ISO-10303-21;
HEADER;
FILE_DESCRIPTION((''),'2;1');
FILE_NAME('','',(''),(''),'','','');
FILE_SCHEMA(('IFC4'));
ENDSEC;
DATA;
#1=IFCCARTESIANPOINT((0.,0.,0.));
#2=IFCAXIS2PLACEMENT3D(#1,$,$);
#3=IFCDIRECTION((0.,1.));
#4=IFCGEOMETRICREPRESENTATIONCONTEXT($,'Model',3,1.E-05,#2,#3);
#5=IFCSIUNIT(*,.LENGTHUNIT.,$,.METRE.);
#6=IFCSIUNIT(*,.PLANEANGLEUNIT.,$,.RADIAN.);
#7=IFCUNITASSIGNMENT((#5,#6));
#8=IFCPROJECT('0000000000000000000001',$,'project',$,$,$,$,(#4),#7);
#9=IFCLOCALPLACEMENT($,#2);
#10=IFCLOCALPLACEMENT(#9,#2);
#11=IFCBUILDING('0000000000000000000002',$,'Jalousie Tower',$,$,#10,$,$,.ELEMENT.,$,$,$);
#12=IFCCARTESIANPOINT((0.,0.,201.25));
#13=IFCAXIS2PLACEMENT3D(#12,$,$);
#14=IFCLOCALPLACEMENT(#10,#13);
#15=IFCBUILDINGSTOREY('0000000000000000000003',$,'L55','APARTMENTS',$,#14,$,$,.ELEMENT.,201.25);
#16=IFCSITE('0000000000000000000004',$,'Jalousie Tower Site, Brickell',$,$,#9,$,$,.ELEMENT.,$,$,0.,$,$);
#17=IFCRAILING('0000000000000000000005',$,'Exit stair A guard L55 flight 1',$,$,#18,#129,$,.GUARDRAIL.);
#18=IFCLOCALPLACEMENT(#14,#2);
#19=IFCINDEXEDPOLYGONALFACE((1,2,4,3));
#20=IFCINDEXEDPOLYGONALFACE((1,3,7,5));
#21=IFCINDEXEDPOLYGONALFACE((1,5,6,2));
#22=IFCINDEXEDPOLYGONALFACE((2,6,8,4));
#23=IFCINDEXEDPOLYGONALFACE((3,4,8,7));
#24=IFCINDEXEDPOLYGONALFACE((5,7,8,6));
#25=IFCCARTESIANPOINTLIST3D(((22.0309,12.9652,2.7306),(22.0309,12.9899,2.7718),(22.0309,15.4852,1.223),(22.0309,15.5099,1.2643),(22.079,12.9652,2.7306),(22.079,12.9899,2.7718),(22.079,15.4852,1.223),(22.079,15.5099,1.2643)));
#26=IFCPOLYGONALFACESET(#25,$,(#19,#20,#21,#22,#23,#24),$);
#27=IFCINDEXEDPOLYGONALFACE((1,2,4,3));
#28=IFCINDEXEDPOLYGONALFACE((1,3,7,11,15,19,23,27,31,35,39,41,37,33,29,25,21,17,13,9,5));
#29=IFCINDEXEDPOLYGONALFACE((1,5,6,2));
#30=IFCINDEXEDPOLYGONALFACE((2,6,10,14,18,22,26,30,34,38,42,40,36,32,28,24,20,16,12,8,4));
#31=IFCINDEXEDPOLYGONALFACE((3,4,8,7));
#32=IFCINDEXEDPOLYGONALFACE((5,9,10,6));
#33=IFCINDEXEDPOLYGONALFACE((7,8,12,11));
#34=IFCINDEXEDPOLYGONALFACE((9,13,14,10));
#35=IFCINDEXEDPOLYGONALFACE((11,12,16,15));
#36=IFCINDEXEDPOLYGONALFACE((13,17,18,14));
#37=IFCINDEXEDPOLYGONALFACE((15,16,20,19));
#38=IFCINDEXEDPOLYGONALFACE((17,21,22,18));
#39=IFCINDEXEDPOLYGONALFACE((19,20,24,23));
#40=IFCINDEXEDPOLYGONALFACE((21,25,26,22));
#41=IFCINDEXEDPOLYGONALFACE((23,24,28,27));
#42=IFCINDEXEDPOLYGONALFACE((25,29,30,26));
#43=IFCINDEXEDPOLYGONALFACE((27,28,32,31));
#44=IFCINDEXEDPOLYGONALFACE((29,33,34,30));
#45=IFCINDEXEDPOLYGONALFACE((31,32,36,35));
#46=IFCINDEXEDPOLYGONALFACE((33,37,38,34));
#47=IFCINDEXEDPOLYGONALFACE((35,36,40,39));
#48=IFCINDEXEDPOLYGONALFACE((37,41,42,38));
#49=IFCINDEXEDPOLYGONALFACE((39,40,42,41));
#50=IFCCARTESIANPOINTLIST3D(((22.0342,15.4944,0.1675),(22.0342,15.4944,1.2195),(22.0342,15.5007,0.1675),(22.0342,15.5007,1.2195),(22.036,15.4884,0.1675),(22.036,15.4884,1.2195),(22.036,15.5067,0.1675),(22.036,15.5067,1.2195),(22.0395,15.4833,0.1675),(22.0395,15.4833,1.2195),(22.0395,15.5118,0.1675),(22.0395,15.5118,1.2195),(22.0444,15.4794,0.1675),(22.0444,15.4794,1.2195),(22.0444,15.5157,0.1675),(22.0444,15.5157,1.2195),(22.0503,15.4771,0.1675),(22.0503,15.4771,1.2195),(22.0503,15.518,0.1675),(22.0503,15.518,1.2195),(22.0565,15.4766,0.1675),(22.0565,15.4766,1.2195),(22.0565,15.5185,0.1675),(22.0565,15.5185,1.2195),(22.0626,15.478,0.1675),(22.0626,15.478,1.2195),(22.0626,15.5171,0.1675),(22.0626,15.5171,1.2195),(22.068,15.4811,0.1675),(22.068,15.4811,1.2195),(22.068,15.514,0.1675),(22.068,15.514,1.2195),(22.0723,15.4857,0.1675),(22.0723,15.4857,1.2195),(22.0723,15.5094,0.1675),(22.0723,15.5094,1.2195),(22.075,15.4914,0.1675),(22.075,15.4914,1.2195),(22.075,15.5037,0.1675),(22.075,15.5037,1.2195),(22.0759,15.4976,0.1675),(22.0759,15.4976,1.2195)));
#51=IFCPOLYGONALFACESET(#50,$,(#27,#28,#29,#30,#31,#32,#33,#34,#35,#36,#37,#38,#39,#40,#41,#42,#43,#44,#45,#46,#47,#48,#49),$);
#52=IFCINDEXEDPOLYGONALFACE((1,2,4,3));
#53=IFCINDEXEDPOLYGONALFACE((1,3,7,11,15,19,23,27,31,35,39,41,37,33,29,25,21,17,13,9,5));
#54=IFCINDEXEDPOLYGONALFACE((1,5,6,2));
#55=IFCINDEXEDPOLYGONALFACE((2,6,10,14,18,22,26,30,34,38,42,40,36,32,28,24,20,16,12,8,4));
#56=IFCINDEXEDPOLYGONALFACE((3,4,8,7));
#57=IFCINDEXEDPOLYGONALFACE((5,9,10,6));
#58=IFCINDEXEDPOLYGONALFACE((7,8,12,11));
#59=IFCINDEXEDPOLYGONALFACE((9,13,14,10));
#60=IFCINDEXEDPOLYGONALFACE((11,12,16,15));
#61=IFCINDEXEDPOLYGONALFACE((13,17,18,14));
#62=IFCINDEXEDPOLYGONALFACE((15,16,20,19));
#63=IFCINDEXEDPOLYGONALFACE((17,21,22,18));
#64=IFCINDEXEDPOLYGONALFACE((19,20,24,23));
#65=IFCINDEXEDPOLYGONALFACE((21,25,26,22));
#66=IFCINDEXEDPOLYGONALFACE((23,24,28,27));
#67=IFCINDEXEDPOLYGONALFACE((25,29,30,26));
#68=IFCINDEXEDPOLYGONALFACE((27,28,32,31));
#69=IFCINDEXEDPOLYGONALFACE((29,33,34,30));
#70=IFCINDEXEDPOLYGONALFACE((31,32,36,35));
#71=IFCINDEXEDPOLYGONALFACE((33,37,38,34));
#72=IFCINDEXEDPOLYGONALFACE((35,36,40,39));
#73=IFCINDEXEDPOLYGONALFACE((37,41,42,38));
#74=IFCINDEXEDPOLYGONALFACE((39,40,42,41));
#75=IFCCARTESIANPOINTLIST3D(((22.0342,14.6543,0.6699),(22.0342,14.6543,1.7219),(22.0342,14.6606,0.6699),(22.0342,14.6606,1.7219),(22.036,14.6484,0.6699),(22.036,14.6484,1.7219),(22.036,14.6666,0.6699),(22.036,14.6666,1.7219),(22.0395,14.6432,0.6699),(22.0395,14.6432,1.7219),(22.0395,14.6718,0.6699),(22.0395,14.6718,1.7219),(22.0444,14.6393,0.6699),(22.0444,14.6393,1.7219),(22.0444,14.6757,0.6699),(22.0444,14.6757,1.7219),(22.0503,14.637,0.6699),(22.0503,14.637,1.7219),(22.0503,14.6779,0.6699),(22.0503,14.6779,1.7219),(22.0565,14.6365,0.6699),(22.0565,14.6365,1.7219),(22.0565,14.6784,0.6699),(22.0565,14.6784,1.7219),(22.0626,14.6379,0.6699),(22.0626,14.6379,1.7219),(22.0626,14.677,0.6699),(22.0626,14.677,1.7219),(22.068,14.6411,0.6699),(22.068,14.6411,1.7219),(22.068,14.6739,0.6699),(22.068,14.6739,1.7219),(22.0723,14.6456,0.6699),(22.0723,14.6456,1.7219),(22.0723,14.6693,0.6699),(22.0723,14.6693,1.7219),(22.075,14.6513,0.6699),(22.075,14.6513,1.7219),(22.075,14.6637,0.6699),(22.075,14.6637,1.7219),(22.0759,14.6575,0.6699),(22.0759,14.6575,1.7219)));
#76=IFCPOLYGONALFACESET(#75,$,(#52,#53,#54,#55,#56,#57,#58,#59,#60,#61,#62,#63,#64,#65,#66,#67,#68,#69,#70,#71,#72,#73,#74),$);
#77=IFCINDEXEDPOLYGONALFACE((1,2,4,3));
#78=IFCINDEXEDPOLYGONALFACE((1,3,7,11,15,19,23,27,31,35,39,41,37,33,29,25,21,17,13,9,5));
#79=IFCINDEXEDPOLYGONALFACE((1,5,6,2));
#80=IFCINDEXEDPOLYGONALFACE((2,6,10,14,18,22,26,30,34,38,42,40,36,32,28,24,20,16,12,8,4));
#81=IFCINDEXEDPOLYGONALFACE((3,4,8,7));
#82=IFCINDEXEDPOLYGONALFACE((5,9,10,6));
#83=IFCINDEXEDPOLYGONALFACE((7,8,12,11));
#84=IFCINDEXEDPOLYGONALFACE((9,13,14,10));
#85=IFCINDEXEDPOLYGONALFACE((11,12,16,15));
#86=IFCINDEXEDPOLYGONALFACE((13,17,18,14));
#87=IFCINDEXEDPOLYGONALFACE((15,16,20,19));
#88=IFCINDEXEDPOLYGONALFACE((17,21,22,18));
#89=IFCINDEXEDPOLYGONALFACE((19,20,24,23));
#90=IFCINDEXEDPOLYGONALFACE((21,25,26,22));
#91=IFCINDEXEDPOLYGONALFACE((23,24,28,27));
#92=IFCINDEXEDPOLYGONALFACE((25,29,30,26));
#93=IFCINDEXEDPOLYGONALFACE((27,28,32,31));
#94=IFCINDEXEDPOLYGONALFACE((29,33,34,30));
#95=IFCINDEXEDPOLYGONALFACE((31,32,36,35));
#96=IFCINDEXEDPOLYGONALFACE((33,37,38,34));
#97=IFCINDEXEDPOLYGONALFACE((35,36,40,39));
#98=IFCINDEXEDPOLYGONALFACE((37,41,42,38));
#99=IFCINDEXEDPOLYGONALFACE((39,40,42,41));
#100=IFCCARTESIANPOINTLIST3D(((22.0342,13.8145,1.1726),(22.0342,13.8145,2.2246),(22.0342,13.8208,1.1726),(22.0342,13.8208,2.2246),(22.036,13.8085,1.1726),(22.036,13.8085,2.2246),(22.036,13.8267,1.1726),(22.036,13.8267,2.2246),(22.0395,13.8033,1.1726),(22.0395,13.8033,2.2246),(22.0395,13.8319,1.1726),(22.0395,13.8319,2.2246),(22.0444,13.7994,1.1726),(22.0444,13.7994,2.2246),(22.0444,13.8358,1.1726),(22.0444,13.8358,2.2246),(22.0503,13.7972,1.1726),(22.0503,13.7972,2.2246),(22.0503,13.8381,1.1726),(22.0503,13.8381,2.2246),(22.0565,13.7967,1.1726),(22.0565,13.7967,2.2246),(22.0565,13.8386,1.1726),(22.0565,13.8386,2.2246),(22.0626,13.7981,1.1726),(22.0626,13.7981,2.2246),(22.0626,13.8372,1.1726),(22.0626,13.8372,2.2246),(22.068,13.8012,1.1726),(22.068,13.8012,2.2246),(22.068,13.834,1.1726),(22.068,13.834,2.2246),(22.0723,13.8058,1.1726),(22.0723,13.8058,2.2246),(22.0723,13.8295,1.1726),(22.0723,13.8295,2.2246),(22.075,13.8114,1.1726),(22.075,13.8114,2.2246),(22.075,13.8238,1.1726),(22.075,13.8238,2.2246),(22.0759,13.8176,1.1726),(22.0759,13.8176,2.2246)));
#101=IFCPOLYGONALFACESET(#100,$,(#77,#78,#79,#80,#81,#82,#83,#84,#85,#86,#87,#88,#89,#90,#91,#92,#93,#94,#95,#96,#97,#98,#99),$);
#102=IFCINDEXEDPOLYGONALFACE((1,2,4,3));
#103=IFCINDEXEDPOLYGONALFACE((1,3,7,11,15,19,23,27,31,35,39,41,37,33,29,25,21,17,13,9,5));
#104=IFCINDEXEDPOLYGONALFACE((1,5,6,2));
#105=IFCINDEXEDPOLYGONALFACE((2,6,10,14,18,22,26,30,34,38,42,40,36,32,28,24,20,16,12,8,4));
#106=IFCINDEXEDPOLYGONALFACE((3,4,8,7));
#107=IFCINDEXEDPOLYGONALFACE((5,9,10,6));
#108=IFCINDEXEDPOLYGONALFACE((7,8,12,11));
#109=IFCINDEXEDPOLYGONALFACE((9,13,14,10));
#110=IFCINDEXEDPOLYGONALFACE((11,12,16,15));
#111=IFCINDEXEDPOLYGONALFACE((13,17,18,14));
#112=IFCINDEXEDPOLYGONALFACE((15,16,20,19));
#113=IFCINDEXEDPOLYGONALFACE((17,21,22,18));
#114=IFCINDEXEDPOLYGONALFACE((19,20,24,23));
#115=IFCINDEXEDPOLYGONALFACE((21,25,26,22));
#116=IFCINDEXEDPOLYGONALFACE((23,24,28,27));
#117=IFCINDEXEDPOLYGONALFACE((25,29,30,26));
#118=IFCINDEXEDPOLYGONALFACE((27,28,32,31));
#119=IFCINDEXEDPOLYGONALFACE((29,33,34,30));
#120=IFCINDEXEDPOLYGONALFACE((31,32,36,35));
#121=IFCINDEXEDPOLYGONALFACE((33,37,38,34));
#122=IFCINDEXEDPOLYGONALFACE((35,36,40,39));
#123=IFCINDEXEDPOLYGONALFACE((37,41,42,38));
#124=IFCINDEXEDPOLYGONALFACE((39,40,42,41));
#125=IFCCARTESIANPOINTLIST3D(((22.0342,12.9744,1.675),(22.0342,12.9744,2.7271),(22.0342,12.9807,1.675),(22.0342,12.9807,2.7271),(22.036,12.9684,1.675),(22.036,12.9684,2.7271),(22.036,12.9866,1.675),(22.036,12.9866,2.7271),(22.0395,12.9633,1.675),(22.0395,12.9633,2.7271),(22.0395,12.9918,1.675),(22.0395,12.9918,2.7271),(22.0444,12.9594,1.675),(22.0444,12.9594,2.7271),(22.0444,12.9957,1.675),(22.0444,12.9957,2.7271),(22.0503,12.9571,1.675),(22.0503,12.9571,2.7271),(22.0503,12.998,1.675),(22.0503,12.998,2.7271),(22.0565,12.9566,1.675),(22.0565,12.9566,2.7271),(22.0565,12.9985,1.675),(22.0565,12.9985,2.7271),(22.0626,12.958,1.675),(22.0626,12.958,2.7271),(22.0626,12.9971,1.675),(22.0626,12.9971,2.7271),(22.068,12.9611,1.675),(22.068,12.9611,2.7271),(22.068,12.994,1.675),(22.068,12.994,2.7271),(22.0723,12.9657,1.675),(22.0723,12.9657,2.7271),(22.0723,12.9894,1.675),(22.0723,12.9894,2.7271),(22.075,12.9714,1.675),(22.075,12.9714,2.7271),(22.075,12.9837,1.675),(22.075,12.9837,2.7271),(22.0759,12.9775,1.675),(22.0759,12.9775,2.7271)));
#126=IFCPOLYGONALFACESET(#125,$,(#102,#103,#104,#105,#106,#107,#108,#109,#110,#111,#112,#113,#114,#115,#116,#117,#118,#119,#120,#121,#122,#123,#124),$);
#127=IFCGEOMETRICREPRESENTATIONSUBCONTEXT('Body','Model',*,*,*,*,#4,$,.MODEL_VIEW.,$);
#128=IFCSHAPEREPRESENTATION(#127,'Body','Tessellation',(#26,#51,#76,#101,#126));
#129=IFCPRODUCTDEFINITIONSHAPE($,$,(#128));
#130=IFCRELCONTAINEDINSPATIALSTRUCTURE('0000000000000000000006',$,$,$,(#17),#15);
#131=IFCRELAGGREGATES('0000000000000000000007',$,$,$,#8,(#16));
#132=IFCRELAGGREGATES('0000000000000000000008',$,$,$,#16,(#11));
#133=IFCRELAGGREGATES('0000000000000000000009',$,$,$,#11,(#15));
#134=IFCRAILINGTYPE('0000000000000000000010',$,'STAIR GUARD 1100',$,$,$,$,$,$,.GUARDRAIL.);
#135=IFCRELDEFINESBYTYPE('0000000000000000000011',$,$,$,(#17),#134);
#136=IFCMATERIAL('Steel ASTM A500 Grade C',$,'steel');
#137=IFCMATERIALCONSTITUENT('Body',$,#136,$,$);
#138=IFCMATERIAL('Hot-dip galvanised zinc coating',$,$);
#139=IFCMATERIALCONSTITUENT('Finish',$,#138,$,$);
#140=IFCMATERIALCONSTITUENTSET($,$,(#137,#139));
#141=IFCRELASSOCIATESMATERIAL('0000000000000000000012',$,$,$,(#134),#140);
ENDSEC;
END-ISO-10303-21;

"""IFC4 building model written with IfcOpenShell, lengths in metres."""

from ifc_helpers import new_model, si_unit, direction, frame, origin, origin_2d, place, context, subcontext, project, spatial, rectangle, circle, extrude, material, constituent, constituent_set, type_object, element, save


model = new_model("IFC4")

# Units and contexts
model_context = context("Model", 3, precision=1e-05, world=origin(), true_north=direction((0.0, 1.0)))
body_context = subcontext(model_context, "Body", "Model", "MODEL_VIEW")
ifc_project = project(units=[si_unit("LENGTHUNIT", "METRE"), si_unit("PLANEANGLEUNIT", "RADIAN")], contexts=[model_context])

# Site, building, storey
site_placement = place(None, origin())
site = spatial("IfcSite", under=ifc_project, at=site_placement, Name="Jalousie Tower Site, Brickell", CompositionType="ELEMENT", RefElevation=0.0)
building_placement = place(site_placement, origin())
building = spatial("IfcBuilding", under=site, at=building_placement, Name="Jalousie Tower", CompositionType="ELEMENT")
storey_placement = place(building_placement, frame((0.0, 0.0, 201.25)))
storey = spatial("IfcBuildingStorey", under=building, at=storey_placement, Name="L55", Description="APARTMENTS", CompositionType="ELEMENT", Elevation=201.25)

# Railing
ifc_material_1 = material(Name="Steel ASTM A500 Grade C", Category="steel")
ifc_constituent_1 = constituent(ifc_material_1, Name="Body")
ifc_material_2 = material(Name="Hot-dip galvanised zinc coating")
ifc_constituent_2 = constituent(ifc_material_2, Name="Finish")
ifc_constituent_set_1 = constituent_set(constituents=[ifc_constituent_1, ifc_constituent_2])
railing_type_1 = type_object("IfcRailingType", Name="STAIR GUARD 1100", PredefinedType="GUARDRAIL", material=ifc_constituent_set_1)
railing_1_placement = place(storey_placement, frame((22.0549, 15.4976, 0.1675)))
element("IfcRailing", 1, at=railing_1_placement, inside=storey, type_object=railing_type_1, Name="Exit stair A guard L55 flight 1", PredefinedType="GUARDRAIL", context=body_context, shape_type="SweptSolid", body=[
    extrude(rectangle(XDim=0.0481, YDim=0.0481, at=origin_2d()), frame((0.0, 0.0, 1.0762), z_axis=(0.0, -0.85816, 0.513383), x_axis=(1.0, 0.0, 0.0)), (0.0, 0.0, 1.0), 2.9365),
    extrude(circle(Radius=0.021, at=origin_2d()), origin(), (0.0, 0.0, 1.0), 1.052),
    extrude(circle(Radius=0.021, at=origin_2d()), frame((0.0, -0.8401, 0.5024)), (0.0, 0.0, 1.0), 1.052),
    extrude(circle(Radius=0.021, at=origin_2d()), frame((0.0, -1.6799, 1.0051)), (0.0, 0.0, 1.0), 1.052),
    extrude(circle(Radius=0.021, at=origin_2d()), frame((0.0, -2.52, 1.5076)), (0.0, 0.0, 1.0), 1.052),
])

save(model, "model.ifc")
